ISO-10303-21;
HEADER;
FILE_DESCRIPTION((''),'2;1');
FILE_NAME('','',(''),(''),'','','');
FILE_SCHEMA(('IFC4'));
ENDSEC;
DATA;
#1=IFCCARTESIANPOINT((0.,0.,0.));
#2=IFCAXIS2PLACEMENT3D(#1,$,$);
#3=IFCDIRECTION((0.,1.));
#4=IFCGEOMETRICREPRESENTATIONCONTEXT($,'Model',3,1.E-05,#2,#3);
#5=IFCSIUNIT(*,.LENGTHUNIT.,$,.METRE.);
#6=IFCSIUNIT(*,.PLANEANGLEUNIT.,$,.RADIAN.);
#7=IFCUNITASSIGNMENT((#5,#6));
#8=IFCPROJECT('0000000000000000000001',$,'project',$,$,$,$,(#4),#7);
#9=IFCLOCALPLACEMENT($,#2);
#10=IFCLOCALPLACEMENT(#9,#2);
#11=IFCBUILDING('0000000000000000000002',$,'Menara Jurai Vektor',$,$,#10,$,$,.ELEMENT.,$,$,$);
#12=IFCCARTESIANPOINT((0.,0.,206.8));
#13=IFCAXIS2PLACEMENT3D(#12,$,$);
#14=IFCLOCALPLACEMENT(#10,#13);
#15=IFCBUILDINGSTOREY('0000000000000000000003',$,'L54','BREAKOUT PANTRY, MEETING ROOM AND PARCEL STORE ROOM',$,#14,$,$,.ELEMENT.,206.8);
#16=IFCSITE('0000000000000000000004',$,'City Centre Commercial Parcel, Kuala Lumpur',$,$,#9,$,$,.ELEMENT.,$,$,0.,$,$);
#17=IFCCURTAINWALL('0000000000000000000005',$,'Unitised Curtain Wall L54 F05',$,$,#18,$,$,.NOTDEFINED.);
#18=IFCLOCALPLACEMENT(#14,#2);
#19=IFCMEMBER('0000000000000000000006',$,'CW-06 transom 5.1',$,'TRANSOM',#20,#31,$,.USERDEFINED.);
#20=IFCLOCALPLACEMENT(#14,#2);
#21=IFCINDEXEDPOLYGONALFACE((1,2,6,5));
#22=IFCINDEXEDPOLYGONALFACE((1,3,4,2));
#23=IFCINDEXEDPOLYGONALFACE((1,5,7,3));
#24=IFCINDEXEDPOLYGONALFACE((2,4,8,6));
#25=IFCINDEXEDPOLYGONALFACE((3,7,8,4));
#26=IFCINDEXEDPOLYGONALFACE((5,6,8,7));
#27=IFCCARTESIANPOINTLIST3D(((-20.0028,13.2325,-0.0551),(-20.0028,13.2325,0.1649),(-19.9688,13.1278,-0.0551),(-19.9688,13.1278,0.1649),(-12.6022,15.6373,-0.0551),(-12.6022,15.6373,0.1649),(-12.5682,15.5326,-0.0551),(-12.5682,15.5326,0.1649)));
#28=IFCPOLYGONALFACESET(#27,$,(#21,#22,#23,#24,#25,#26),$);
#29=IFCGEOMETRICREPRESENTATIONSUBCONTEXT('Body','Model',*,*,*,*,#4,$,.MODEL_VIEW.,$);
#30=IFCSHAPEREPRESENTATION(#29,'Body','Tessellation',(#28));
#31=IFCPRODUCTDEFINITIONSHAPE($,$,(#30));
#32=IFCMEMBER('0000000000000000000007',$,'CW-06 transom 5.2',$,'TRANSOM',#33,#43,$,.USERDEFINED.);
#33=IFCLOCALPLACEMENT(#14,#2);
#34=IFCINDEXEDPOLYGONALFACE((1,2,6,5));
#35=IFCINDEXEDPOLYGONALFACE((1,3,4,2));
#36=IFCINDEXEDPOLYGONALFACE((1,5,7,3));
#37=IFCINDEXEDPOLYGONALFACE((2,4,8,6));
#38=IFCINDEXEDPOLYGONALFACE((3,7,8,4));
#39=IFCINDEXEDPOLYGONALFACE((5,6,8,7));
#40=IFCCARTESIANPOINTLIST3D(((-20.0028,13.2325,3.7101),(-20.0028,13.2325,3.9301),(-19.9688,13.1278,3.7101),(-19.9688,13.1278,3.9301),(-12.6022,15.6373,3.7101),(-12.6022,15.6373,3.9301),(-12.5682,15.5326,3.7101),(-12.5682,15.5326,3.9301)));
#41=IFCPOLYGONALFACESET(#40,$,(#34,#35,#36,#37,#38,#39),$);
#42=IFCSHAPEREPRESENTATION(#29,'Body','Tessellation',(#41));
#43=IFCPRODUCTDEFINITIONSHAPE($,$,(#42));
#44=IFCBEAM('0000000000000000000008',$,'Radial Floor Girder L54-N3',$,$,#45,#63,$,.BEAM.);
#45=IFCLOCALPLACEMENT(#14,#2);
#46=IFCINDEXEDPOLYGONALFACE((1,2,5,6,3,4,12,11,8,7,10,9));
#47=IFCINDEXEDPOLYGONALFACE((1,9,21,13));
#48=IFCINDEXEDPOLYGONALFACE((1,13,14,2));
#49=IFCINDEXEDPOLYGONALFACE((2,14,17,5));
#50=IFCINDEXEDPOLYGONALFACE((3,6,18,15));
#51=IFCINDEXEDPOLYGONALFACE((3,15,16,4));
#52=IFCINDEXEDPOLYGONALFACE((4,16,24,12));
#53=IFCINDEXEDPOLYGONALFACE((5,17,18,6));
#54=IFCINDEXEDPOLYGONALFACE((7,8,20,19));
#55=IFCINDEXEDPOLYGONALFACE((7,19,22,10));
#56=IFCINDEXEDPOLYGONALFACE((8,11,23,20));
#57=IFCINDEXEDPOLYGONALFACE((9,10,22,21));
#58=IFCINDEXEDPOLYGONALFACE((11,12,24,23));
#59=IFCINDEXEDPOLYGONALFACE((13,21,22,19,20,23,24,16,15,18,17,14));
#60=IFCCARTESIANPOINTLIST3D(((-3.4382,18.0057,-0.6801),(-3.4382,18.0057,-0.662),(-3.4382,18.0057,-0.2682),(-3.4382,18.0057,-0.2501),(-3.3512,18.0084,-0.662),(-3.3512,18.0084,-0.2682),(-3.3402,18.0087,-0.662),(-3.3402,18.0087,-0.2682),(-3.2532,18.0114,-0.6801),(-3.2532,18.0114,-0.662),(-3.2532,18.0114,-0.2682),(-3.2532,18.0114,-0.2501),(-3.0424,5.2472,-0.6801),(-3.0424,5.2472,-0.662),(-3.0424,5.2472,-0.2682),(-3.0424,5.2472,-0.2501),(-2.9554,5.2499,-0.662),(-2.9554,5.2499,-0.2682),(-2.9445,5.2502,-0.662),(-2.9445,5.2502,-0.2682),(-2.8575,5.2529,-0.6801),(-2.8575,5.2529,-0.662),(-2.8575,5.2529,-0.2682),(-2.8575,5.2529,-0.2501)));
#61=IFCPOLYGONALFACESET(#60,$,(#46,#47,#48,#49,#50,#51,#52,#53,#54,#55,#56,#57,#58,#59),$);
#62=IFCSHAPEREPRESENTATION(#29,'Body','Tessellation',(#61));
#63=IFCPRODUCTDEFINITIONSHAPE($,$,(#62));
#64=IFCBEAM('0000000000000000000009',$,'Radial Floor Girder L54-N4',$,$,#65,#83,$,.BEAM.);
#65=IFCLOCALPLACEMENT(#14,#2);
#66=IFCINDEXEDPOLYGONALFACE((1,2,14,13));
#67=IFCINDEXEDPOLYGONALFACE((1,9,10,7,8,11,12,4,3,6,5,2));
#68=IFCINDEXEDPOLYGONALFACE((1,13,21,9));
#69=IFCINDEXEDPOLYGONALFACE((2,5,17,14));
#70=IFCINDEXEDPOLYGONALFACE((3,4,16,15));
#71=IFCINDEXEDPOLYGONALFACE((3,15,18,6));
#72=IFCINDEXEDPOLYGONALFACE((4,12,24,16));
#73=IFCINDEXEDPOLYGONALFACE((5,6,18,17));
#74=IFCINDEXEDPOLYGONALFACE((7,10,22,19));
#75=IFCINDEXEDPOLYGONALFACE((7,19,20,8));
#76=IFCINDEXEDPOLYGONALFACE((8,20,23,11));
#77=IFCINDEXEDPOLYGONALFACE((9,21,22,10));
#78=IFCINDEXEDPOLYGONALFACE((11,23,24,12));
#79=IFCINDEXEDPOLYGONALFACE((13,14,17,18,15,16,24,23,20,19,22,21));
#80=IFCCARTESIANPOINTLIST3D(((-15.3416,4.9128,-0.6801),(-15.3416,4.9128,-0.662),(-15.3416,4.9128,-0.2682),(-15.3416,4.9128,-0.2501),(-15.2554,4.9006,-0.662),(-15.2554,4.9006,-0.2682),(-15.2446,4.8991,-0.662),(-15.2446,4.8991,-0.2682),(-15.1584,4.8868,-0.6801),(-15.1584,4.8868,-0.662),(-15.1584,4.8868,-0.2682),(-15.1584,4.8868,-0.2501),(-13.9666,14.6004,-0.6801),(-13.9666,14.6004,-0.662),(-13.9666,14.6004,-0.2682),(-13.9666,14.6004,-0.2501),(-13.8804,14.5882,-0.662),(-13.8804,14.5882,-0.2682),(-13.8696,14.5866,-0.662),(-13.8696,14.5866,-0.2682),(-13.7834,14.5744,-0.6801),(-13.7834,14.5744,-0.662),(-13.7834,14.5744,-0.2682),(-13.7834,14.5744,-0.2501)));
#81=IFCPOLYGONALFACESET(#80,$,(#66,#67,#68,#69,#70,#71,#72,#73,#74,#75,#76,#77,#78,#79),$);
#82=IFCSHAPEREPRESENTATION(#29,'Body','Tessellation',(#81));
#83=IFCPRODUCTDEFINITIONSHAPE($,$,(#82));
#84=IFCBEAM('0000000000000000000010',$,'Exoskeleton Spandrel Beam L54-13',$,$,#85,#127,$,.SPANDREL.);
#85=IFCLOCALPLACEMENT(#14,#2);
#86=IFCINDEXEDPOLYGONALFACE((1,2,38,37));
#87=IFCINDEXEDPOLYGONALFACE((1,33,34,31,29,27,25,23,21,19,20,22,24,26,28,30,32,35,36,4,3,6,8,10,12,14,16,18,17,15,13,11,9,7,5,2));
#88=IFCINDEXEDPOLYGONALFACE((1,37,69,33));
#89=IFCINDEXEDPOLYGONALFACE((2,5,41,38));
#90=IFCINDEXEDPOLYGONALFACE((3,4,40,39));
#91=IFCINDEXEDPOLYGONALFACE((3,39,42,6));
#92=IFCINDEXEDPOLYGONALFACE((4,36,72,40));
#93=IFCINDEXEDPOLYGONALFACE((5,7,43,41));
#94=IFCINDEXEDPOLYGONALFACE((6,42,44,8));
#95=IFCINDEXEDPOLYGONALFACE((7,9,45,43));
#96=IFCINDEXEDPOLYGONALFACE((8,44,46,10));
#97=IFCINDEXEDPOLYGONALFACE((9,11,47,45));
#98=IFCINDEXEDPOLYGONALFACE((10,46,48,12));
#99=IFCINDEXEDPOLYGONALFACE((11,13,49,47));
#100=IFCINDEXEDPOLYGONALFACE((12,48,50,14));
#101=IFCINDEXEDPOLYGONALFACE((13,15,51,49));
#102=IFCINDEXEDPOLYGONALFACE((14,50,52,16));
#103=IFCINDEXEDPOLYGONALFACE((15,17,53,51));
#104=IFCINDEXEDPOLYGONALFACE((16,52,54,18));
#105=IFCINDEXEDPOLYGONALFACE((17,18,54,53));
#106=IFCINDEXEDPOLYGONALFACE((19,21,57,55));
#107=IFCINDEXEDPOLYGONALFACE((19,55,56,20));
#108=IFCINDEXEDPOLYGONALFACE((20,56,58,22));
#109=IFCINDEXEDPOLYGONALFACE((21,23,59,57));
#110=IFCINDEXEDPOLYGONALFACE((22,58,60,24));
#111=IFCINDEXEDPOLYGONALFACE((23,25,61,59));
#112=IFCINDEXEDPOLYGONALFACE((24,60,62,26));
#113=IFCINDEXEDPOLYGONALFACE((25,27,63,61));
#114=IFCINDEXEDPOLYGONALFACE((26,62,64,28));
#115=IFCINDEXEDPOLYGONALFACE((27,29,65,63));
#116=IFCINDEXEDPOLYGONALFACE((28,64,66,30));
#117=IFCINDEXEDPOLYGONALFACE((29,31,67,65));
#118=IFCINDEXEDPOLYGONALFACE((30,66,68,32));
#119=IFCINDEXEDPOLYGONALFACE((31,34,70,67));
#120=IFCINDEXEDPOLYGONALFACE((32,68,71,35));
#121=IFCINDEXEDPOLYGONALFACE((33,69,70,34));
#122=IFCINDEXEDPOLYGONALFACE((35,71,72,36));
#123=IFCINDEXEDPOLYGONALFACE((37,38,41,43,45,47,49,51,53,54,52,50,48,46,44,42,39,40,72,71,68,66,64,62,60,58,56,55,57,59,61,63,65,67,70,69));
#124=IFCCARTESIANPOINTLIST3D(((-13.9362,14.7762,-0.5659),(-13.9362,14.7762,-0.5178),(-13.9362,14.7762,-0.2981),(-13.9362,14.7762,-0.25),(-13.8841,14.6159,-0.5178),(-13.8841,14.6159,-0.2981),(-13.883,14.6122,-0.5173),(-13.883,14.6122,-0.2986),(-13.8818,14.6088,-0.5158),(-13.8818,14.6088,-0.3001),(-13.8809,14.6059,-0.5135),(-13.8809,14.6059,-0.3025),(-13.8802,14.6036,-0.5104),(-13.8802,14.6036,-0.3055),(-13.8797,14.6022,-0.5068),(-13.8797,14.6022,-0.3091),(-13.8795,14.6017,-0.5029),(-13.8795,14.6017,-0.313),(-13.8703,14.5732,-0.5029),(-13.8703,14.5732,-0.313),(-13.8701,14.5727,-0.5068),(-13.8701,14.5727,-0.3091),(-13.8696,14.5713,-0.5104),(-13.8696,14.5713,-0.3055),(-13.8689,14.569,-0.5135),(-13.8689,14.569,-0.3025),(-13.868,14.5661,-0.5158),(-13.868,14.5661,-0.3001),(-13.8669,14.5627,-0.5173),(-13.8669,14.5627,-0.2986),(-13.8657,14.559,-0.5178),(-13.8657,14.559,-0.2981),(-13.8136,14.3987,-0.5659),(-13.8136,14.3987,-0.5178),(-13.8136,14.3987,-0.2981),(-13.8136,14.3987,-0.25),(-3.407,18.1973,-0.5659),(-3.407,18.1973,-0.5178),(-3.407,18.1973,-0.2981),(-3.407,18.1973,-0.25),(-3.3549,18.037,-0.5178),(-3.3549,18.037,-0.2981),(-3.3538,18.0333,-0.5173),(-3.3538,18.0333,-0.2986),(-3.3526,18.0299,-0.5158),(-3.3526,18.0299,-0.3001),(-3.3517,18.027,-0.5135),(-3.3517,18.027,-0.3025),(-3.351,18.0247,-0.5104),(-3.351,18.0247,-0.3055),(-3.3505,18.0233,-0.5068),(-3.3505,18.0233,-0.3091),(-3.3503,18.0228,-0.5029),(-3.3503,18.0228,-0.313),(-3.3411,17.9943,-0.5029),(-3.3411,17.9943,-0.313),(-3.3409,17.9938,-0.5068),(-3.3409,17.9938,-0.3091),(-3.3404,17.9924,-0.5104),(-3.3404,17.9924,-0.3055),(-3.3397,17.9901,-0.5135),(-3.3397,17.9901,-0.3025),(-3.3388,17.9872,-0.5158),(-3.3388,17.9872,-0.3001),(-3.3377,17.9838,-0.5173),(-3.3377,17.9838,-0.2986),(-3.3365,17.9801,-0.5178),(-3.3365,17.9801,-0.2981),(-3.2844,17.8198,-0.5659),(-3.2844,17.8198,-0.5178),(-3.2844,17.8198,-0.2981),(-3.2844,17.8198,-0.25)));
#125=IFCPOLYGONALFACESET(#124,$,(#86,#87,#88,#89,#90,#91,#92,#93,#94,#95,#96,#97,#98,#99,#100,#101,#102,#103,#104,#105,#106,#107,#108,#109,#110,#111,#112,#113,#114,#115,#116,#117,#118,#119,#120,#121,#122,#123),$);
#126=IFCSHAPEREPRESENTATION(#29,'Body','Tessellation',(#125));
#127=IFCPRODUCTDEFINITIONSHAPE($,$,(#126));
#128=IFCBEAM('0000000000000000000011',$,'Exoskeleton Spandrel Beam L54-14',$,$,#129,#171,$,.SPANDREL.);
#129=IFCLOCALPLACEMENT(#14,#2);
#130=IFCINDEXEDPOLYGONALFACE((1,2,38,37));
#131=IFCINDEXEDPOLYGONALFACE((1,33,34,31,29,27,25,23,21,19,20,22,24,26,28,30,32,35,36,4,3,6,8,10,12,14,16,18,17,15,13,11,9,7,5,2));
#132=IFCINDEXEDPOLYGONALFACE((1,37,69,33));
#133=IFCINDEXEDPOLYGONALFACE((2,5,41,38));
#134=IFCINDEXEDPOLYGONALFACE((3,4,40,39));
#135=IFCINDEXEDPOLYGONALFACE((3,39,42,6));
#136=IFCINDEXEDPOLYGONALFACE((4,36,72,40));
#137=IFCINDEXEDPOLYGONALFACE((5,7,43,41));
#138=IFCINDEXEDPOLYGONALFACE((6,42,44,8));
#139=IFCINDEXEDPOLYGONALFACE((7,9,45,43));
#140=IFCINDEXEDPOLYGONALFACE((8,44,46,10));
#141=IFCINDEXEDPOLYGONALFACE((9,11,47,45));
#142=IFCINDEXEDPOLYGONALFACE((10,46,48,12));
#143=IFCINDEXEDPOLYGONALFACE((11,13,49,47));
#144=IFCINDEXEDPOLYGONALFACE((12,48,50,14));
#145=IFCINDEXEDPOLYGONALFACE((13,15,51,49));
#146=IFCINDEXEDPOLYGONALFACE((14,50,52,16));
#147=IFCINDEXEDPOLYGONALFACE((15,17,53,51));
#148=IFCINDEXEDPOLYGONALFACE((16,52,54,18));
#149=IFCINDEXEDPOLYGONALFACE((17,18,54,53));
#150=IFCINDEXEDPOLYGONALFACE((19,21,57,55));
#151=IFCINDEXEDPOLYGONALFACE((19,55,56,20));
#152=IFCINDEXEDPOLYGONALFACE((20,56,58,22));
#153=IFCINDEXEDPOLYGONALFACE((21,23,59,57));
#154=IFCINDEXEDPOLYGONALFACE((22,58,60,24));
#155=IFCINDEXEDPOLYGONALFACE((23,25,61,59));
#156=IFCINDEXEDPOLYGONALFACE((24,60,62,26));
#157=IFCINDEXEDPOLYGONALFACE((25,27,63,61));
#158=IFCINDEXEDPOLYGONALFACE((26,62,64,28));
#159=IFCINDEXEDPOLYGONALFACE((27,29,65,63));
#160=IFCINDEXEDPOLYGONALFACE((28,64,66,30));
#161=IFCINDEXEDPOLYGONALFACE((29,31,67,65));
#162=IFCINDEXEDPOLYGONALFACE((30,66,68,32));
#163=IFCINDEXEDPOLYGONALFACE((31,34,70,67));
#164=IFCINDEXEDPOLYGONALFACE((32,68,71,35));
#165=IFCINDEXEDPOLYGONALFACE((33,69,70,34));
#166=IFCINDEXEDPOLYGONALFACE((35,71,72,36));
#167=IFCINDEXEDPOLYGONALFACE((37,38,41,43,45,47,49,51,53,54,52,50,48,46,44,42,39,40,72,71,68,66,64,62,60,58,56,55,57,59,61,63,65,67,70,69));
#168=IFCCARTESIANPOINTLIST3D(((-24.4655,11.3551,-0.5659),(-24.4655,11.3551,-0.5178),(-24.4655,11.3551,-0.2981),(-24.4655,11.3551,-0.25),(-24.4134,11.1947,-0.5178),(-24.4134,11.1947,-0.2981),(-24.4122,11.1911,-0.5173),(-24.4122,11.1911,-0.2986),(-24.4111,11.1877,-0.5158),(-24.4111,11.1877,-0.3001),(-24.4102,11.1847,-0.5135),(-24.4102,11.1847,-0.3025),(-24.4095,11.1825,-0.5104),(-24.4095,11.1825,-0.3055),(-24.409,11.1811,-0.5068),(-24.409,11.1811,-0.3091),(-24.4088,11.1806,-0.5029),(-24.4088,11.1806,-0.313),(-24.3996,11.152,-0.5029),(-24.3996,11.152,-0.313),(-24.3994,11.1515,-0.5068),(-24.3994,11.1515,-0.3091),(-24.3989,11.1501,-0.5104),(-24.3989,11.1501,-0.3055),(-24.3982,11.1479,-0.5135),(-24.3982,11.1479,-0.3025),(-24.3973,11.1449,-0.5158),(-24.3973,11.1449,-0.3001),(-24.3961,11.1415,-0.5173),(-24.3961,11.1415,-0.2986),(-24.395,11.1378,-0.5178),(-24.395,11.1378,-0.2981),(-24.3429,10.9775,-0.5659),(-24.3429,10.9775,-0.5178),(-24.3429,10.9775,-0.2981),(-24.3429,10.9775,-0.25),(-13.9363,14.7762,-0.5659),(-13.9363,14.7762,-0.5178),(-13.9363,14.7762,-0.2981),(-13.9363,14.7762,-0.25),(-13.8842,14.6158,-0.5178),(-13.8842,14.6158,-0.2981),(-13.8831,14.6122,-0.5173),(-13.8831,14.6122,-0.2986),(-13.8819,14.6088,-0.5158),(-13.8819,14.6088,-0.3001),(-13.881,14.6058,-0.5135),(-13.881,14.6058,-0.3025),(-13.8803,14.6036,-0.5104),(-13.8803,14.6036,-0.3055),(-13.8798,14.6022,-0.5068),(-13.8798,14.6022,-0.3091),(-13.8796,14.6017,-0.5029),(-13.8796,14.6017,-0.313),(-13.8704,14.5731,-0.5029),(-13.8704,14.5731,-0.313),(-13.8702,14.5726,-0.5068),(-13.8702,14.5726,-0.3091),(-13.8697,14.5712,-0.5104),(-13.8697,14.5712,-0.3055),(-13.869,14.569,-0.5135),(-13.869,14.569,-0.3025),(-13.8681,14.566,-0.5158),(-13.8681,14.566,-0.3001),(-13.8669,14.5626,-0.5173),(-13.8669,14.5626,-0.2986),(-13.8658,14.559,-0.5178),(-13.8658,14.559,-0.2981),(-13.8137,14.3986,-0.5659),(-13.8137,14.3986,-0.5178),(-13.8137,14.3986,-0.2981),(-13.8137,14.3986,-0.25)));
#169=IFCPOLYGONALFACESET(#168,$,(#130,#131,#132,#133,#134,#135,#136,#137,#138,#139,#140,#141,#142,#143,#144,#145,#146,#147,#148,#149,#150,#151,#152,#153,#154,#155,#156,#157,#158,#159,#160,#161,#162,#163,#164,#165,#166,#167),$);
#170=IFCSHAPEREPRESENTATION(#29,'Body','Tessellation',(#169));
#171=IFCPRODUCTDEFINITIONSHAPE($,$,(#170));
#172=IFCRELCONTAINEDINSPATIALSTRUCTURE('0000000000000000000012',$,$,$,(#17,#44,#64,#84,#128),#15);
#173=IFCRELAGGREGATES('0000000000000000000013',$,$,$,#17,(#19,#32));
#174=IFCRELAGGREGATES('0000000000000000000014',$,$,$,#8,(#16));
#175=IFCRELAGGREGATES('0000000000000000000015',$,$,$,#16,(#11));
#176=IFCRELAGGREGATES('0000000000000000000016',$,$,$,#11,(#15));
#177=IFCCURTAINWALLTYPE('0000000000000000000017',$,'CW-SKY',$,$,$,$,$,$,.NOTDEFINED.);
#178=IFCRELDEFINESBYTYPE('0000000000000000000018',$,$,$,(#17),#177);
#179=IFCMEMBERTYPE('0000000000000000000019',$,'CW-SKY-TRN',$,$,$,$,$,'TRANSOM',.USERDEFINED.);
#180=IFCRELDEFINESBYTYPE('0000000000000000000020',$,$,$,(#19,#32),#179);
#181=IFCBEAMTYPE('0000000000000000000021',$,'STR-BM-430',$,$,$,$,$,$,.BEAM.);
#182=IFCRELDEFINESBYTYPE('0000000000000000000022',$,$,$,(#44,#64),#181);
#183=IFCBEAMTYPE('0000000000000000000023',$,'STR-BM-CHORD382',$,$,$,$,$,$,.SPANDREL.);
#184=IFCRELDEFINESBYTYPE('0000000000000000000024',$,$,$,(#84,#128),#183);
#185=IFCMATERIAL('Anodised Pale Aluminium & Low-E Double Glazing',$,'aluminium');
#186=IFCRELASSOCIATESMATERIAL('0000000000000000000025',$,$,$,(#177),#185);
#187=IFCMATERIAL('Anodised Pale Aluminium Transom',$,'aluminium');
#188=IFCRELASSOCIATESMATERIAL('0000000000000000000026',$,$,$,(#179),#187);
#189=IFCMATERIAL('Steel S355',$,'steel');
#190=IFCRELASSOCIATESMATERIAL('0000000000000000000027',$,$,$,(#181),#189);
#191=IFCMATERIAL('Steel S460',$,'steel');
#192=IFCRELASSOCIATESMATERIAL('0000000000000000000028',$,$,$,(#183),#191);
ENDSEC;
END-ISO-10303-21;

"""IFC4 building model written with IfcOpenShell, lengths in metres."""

from ifc_helpers import new_model, si_unit, direction, frame, origin, origin_2d, place, context, subcontext, project, spatial, rectangle, i_section, extrude, material, material_profile, profile_set, type_object, element, aggregate, save


model = new_model("IFC4")

# Units and contexts
model_context = context("Model", 3, precision=1e-05, world=origin(), true_north=direction((0.0, 1.0)))
body_context = subcontext(model_context, "Body", "Model", "MODEL_VIEW")
ifc_project = project(units=[si_unit("LENGTHUNIT", "METRE"), si_unit("PLANEANGLEUNIT", "RADIAN")], contexts=[model_context])

# Site, building, storey
site_placement = place(None, origin())
site = spatial("IfcSite", under=ifc_project, at=site_placement, Name="City Centre Commercial Parcel, Kuala Lumpur", CompositionType="ELEMENT", RefElevation=0.0)
building_placement = place(site_placement, origin())
building = spatial("IfcBuilding", under=site, at=building_placement, Name="Menara Jurai Vektor", CompositionType="ELEMENT")
storey_placement = place(building_placement, frame((0.0, 0.0, 206.8)))
storey = spatial("IfcBuildingStorey", under=building, at=storey_placement, Name="L54", Description="BREAKOUT PANTRY, MEETING ROOM AND PARCEL STORE ROOM", CompositionType="ELEMENT", Elevation=206.8)

# Shared definitions
ifc_material_1 = material(Name="Steel S355", Category="steel")
ifc_material_2 = material(Name="Steel S460", Category="steel")

# Curtain wall, members
ifc_material_3 = material(Name="Anodised Pale Aluminium & Low-E Double Glazing", Category="aluminium")
curtain_wall_type = type_object("IfcCurtainWallType", Name="CW-SKY", PredefinedType="NOTDEFINED", material=ifc_material_3)
curtain_wall_placement = place(storey_placement, origin())
curtain_wall = element("IfcCurtainWall", 1, at=curtain_wall_placement, inside=storey, type_object=curtain_wall_type, Name="Unitised Curtain Wall L54 F05", PredefinedType="NOTDEFINED")
ifc_material_4 = material(Name="Anodised Pale Aluminium Transom", Category="aluminium")
ifc_material_profile_1 = material_profile(ifc_material_4, rectangle(XDim=0.1101, YDim=0.22, at=origin_2d()), Name="ALU TRN 110x220")
ifc_profile_set_1 = profile_set([ifc_material_profile_1], Name="Anodised Pale Aluminium Transom")
member_type_1 = type_object("IfcMemberType", Name="CW-SKY-TRN", ElementType="TRANSOM", PredefinedType="USERDEFINED", material=ifc_profile_set_1)
member_1_placement = place(storey_placement, frame((-12.5852, 15.585, 0.0549), z_axis=(-0.95105, -0.309037, 0.0), x_axis=(0.309037, -0.95105, 0.0)))
member_1 = element("IfcMember", 2, at=member_1_placement, type_object=member_type_1, Name="CW-06 transom 5.1", ObjectType="TRANSOM", PredefinedType="USERDEFINED", context=body_context, shape_type="SweptSolid", body=[
    extrude(rectangle(XDim=0.1101, YDim=0.22, at=origin_2d()), origin(), (0.0, 0.0, 1.0), 7.7815),
])
member_2_placement = place(storey_placement, frame((-12.5852, 15.585, 3.8201), z_axis=(-0.95105, -0.309037, 0.0), x_axis=(0.309037, -0.95105, 0.0)))
member_2 = element("IfcMember", 3, at=member_2_placement, type_object=member_type_1, Name="CW-06 transom 5.2", ObjectType="TRANSOM", PredefinedType="USERDEFINED", context=body_context, shape_type="SweptSolid", body=[
    extrude(rectangle(XDim=0.1101, YDim=0.22, at=origin_2d()), origin(), (0.0, 0.0, 1.0), 7.7815),
])

# Beams
ifc_material_profile_2 = material_profile(ifc_material_1, i_section(OverallWidth=0.1851, OverallDepth=0.4299, WebThickness=0.011, FlangeThickness=0.0181, at=origin_2d()), Name="PG 430x185x76")
ifc_profile_set_2 = profile_set([ifc_material_profile_2], Name="Steel S355")
beam_type_1 = type_object("IfcBeamType", Name="STR-BM-430", PredefinedType="BEAM", material=ifc_profile_set_2)
beam_1_placement = place(storey_placement, frame((-3.3457, 18.0085, -0.4651), z_axis=(0.031004, -0.999519, 0.0), x_axis=(0.999519, 0.031004, 0.0)))
element("IfcBeam", 4, at=beam_1_placement, inside=storey, type_object=beam_type_1, Name="Radial Floor Girder L54-N3", PredefinedType="BEAM", context=body_context, shape_type="SweptSolid", body=[
    extrude(i_section(OverallWidth=0.1851, OverallDepth=0.4299, WebThickness=0.011, FlangeThickness=0.0181, at=origin_2d()), origin(), (0.0, 0.0, 1.0), 12.7646),
])
beam_2_placement = place(storey_placement, frame((-13.875, 14.5874, -0.4651), z_axis=(-0.140527, -0.990077, 0.0), x_axis=(0.990077, -0.140527, 0.0)))
element("IfcBeam", 5, at=beam_2_placement, inside=storey, type_object=beam_type_1, Name="Radial Floor Girder L54-N4", PredefinedType="BEAM", context=body_context, shape_type="SweptSolid", body=[
    extrude(i_section(OverallWidth=0.1851, OverallDepth=0.4299, WebThickness=0.011, FlangeThickness=0.0181, at=origin_2d()), origin(), (0.0, 0.0, 1.0), 9.7847),
])
ifc_material_profile_3 = material_profile(ifc_material_2, i_section(OverallWidth=0.397, OverallDepth=0.3159, WebThickness=0.03, FlangeThickness=0.0481, FilletRadius=0.0149, at=origin_2d()), Name="HD 400x382")
ifc_profile_set_3 = profile_set([ifc_material_profile_3], Name="Steel S460")
beam_type_2 = type_object("IfcBeamType", Name="STR-BM-CHORD382", PredefinedType="SPANDREL", material=ifc_profile_set_3)
for number, where, z_axis, x_axis, name in (
    (6, (-3.3457, 18.0085, -0.408), (-0.951057, -0.309014, 0.0), (0.309014, -0.951057, 0.0), "Exoskeleton Spandrel Beam L54-13"),
    (7, (-13.875, 14.5874, -0.408), (-0.951057, -0.309014, 0.0), (0.309014, -0.951057, 0.0), "Exoskeleton Spandrel Beam L54-14"),
):
    element("IfcBeam", number, at=place(storey_placement, frame(where, z_axis=z_axis, x_axis=x_axis)), inside=storey, type_object=beam_type_2, Name=name, PredefinedType="SPANDREL", context=body_context, shape_type="SweptSolid", body=[
        extrude(i_section(OverallWidth=0.397, OverallDepth=0.3159, WebThickness=0.03, FlangeThickness=0.0481, FilletRadius=0.0149, at=origin_2d()), origin(), (0.0, 0.0, 1.0), 11.071),
    ])

aggregate(curtain_wall, [member_1, member_2])

save(model, "model.ifc")
